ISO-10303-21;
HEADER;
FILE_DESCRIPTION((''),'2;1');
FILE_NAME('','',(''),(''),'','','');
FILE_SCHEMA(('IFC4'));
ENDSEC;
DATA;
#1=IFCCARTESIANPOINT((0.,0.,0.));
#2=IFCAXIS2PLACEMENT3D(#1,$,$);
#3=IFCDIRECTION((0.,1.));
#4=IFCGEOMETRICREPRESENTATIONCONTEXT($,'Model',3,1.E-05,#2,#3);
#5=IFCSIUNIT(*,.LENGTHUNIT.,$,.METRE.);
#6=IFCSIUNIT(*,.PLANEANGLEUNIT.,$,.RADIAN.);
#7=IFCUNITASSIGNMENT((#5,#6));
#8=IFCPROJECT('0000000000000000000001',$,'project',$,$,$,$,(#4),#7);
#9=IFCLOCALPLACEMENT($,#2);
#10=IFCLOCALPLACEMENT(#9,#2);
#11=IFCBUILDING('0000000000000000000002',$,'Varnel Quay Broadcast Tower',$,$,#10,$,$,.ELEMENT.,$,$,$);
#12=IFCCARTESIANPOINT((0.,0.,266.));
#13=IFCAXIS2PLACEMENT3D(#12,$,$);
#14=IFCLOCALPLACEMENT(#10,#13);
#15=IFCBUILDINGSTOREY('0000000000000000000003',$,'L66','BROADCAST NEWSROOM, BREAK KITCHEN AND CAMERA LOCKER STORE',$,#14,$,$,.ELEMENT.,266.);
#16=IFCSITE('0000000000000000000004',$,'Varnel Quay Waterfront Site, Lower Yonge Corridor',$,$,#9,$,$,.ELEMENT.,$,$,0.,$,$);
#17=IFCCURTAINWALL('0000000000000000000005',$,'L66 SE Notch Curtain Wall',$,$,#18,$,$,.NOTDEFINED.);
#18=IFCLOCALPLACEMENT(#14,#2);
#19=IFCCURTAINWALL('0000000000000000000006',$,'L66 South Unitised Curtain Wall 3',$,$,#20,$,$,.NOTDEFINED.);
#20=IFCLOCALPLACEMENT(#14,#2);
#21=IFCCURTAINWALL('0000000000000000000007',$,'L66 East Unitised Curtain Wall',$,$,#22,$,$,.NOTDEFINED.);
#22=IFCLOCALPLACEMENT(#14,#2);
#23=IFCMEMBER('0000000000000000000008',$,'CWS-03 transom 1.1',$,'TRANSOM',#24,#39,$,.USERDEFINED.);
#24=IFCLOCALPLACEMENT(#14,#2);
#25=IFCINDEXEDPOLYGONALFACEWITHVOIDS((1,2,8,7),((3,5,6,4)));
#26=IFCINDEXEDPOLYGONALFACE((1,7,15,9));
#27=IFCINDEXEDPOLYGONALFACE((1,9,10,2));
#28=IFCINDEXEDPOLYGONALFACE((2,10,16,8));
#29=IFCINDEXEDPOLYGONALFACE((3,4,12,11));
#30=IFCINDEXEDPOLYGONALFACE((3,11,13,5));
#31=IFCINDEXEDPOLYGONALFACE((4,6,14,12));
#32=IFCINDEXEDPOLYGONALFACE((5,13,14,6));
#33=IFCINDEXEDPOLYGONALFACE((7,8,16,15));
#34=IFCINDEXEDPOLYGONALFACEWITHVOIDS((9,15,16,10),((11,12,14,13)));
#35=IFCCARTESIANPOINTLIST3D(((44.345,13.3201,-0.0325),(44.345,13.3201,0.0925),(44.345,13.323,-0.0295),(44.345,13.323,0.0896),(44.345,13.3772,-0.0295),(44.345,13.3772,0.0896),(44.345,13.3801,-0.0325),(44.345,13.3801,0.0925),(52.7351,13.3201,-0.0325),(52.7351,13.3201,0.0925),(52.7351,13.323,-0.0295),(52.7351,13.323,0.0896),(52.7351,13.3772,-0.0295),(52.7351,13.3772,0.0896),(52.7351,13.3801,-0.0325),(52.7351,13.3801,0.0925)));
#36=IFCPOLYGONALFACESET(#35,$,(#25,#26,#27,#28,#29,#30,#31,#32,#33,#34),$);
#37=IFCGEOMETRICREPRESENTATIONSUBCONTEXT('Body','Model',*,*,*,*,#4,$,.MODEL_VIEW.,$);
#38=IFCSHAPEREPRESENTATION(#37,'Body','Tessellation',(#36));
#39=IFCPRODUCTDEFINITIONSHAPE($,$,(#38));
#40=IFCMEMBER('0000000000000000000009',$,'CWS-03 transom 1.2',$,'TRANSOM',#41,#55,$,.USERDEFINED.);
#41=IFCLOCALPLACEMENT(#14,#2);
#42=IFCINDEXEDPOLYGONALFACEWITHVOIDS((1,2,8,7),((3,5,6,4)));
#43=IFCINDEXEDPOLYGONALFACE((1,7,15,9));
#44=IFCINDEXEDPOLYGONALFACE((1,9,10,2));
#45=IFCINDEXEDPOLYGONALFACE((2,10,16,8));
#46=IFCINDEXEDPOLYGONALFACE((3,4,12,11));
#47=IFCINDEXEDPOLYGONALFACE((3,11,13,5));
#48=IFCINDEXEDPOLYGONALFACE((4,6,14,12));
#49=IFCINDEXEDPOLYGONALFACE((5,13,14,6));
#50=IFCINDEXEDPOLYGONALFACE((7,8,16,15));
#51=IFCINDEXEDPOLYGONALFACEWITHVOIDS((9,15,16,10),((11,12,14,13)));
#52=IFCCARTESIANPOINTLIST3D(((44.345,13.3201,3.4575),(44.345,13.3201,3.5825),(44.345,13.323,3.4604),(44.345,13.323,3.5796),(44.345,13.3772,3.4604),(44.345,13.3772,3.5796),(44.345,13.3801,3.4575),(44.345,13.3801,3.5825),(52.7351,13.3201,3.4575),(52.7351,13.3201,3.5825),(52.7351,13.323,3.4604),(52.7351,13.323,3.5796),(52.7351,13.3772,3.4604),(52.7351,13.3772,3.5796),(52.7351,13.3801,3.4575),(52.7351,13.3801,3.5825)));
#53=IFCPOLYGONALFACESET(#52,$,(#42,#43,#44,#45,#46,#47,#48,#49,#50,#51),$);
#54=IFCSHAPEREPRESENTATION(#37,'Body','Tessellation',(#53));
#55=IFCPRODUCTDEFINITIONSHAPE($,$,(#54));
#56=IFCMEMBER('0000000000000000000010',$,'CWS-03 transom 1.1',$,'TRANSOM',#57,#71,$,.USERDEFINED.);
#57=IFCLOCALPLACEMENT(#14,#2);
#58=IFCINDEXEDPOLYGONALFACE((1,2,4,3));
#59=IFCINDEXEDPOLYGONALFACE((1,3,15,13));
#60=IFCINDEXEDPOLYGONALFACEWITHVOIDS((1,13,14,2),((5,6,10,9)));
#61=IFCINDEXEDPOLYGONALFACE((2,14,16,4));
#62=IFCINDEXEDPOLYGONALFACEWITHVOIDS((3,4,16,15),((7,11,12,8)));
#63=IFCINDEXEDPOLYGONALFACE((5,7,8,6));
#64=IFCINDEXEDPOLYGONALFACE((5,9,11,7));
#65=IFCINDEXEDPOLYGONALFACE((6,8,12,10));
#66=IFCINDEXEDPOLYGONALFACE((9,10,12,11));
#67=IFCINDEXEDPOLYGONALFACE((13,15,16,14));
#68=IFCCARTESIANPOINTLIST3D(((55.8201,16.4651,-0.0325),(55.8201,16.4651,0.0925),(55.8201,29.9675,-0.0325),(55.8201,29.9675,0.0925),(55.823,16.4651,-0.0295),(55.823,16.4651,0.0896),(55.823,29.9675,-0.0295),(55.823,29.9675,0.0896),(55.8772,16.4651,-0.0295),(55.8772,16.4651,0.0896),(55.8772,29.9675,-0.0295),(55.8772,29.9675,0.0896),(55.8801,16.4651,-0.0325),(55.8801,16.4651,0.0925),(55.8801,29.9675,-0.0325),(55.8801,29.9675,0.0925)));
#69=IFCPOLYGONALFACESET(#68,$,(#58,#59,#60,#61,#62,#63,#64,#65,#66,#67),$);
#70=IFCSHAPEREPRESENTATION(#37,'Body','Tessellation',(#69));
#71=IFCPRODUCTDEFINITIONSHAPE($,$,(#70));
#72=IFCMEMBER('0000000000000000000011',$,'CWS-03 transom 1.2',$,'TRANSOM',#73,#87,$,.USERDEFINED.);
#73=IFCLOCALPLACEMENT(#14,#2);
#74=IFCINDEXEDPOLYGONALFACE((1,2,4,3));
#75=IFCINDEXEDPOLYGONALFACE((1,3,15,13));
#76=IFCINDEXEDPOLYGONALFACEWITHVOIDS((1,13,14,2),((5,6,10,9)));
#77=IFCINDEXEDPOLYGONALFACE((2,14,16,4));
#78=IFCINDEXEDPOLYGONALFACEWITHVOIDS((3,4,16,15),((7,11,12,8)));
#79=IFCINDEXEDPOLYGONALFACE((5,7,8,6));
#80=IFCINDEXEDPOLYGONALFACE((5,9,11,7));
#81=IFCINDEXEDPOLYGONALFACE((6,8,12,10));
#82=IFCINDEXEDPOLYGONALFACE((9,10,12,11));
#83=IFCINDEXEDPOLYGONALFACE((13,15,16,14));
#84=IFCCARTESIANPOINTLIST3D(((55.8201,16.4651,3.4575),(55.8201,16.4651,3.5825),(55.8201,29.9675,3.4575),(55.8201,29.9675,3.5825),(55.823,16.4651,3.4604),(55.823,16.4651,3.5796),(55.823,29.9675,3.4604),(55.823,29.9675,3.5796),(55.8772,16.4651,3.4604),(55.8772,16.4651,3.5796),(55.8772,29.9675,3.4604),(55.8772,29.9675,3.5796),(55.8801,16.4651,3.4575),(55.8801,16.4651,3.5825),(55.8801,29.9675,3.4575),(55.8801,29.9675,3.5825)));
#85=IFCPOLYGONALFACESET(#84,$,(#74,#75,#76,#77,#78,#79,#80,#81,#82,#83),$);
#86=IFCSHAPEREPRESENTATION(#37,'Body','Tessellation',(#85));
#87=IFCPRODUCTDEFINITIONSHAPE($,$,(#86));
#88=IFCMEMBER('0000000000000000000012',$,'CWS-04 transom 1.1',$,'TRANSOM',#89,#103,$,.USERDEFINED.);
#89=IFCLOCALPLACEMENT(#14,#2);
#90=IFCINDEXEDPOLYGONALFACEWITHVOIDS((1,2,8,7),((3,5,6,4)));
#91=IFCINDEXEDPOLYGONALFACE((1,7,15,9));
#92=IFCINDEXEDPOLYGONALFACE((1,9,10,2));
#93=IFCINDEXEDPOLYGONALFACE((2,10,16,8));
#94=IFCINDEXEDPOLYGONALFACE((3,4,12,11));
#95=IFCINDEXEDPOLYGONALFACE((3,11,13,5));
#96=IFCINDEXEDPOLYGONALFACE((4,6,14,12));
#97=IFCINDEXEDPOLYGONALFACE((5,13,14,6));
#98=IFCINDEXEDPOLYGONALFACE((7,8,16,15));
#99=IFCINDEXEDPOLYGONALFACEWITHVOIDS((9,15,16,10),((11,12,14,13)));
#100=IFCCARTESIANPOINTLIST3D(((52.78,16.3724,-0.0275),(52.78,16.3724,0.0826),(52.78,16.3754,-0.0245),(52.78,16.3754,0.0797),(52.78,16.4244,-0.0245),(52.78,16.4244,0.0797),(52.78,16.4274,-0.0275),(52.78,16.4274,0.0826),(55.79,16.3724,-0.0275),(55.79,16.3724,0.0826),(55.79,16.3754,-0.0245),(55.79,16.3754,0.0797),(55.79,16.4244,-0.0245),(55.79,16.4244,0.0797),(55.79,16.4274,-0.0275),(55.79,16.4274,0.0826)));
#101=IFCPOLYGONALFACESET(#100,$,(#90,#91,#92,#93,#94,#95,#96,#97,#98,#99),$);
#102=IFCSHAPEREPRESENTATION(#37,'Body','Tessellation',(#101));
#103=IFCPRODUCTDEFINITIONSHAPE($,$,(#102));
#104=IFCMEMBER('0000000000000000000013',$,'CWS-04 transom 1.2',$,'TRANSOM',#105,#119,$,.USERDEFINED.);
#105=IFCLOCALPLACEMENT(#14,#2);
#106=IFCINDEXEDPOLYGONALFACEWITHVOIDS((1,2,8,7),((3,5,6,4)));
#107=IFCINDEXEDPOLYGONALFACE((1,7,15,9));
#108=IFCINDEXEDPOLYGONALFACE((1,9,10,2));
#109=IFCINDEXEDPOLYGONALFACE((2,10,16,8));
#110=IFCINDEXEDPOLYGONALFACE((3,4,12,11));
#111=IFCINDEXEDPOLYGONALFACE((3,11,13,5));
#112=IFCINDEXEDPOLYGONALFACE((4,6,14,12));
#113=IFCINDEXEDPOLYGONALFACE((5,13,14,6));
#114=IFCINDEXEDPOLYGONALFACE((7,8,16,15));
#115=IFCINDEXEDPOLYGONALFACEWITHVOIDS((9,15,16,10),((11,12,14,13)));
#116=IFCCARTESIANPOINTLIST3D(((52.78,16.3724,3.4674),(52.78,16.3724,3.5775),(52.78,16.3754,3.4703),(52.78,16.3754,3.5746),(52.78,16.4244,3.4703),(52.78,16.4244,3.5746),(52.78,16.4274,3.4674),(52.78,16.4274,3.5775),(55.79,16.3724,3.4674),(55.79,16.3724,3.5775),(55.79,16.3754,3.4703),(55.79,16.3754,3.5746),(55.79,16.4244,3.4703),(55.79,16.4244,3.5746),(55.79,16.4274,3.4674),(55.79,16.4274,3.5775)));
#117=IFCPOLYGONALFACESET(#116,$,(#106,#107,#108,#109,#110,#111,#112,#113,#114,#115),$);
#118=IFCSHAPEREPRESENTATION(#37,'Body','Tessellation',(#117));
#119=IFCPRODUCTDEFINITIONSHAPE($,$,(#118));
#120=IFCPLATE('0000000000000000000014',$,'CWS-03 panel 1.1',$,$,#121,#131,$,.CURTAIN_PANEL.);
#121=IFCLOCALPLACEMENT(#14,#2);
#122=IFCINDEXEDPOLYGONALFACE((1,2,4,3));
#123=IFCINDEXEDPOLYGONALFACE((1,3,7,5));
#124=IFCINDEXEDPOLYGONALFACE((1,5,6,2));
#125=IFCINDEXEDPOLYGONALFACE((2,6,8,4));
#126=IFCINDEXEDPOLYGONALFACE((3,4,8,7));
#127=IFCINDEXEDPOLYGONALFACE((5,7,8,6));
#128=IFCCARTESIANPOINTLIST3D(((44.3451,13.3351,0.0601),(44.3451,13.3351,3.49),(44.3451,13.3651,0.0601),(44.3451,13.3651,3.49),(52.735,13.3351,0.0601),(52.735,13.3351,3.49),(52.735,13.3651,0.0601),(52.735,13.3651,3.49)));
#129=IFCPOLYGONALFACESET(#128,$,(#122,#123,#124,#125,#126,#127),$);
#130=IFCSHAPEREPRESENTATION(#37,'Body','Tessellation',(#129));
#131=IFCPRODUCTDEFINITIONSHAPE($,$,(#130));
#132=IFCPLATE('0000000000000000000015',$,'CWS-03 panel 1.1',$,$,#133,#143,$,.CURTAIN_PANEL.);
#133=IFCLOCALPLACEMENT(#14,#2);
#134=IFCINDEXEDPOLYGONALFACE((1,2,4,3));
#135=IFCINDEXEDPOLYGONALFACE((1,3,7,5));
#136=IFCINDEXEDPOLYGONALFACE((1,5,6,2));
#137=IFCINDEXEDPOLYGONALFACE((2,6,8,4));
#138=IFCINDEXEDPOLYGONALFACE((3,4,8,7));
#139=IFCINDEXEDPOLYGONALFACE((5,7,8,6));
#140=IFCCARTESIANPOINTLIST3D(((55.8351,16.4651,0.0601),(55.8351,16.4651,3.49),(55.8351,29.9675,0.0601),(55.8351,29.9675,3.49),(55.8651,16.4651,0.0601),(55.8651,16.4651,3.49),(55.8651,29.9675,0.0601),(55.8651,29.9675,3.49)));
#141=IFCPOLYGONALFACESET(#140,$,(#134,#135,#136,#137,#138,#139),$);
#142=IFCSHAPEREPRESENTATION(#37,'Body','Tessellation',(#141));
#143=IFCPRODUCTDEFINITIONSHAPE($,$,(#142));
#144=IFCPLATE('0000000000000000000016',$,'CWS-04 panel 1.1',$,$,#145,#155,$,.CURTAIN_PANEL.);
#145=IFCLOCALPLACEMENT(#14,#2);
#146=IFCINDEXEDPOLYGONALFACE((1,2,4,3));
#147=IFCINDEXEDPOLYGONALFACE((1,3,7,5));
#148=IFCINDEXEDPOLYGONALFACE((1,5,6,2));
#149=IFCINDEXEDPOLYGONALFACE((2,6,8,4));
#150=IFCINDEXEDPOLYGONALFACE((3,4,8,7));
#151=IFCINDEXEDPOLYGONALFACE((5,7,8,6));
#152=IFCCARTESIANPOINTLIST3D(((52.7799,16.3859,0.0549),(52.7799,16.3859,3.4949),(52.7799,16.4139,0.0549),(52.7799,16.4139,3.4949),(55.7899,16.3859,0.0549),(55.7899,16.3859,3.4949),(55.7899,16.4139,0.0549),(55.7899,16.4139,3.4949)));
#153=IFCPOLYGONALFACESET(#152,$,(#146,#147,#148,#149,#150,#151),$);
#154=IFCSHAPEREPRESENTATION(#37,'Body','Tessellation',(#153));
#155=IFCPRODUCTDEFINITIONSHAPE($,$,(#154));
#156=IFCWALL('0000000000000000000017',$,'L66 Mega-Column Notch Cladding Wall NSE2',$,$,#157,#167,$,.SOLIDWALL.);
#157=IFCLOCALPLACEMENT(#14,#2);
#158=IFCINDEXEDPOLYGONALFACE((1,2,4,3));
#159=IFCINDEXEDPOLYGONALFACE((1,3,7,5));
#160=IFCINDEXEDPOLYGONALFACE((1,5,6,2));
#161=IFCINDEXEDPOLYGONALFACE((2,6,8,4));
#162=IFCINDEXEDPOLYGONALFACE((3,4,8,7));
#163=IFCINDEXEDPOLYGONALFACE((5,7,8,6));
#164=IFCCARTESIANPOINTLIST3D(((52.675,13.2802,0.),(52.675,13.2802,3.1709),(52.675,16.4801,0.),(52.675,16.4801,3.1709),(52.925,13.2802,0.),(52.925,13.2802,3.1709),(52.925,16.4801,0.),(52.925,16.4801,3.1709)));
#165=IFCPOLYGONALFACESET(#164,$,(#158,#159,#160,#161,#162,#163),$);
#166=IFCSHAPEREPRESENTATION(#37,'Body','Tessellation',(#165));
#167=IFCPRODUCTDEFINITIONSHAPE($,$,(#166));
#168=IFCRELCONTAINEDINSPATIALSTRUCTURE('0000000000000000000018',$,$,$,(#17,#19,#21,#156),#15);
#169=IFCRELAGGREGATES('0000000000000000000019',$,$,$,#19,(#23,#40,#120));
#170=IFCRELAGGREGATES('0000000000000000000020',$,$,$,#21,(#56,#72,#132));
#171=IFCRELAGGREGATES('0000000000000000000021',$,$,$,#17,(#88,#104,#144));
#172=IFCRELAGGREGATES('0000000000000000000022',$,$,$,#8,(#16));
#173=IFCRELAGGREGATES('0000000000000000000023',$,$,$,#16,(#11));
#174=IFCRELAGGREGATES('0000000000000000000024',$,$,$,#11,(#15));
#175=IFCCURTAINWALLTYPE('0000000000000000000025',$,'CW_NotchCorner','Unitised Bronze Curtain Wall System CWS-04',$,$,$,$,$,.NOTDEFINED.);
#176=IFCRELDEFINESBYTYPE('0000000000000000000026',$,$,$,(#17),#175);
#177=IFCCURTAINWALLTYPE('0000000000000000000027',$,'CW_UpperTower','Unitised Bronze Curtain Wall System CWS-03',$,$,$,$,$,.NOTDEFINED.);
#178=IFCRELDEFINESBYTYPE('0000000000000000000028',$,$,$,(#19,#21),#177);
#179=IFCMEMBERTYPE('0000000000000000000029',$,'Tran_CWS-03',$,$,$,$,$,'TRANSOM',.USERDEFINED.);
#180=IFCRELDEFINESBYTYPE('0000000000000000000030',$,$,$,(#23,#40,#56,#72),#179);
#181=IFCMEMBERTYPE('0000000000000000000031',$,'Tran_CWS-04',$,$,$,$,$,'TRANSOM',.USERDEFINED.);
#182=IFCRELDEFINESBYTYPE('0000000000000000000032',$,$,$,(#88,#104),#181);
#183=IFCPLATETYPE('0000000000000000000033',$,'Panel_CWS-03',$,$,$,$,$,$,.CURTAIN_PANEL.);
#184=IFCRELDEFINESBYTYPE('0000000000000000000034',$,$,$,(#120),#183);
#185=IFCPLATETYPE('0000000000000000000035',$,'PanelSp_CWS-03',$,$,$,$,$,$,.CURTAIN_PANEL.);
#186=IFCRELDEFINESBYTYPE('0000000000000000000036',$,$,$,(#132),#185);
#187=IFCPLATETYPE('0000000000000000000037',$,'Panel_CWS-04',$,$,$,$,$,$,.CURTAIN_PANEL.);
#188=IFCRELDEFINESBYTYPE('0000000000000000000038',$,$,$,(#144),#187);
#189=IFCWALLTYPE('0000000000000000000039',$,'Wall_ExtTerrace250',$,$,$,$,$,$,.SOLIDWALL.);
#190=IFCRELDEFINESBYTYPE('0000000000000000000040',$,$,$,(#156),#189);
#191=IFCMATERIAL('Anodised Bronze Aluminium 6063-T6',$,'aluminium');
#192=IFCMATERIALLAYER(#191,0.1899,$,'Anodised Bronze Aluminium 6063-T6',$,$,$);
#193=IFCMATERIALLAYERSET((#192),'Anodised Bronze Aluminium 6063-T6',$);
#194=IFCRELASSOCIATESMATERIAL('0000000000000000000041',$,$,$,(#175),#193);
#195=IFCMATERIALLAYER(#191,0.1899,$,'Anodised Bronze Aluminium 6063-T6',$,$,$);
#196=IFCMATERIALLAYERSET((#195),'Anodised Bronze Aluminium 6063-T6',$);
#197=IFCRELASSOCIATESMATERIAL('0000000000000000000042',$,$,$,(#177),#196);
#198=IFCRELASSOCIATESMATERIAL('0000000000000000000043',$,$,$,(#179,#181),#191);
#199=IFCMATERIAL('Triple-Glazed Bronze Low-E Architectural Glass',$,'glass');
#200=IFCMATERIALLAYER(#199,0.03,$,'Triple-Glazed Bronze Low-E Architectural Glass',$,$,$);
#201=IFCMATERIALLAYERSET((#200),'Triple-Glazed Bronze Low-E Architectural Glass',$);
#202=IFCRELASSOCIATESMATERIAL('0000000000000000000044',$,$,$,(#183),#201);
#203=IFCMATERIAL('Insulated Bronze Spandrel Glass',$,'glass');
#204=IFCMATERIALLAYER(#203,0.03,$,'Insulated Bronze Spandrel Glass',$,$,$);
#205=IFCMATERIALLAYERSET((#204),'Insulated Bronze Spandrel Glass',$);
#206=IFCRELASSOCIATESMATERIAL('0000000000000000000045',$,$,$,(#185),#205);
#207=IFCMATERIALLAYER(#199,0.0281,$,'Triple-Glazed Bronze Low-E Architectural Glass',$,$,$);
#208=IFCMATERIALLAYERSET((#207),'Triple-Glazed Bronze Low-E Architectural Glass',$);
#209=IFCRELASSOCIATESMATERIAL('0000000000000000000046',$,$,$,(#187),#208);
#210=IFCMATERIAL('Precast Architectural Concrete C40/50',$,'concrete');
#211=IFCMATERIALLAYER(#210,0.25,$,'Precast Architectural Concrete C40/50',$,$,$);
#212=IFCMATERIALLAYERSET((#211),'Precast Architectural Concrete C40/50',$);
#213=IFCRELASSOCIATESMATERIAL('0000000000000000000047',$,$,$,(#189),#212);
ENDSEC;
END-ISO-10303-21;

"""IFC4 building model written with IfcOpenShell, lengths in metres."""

from ifc_helpers import new_model, si_unit, direction, frame, frame_2d, origin, origin_2d, place, context, subcontext, project, spatial, rectangle, hollow_rectangle, extrude, source, transform, mapped, material, layer, layer_set, material_profile, profile_set, type_object, type_shapes, element, aggregate, save


model = new_model("IFC4")

# Units and contexts
model_context = context("Model", 3, precision=1e-05, world=origin(), true_north=direction((0.0, 1.0)))
body_context = subcontext(model_context, "Body", "Model", "MODEL_VIEW")
ifc_project = project(units=[si_unit("LENGTHUNIT", "METRE"), si_unit("PLANEANGLEUNIT", "RADIAN")], contexts=[model_context])

# Site, building, storey
site_placement = place(None, origin())
site = spatial("IfcSite", under=ifc_project, at=site_placement, Name="Varnel Quay Waterfront Site, Lower Yonge Corridor", CompositionType="ELEMENT", RefElevation=0.0)
building_placement = place(site_placement, origin())
building = spatial("IfcBuilding", under=site, at=building_placement, Name="Varnel Quay Broadcast Tower", CompositionType="ELEMENT")
storey_placement = place(building_placement, frame((0.0, 0.0, 266.0)))
storey = spatial("IfcBuildingStorey", under=building, at=storey_placement, Name="L66", Description="BROADCAST NEWSROOM, BREAK KITCHEN AND CAMERA LOCKER STORE", CompositionType="ELEMENT", Elevation=266.0)

# Curtain walls
ifc_material_1 = material(Name="Anodised Bronze Aluminium 6063-T6", Category="aluminium")
ifc_layer_1 = layer(ifc_material_1, 0.1899, Name="Anodised Bronze Aluminium 6063-T6")
ifc_layer_set_1 = layer_set([ifc_layer_1], Name="Anodised Bronze Aluminium 6063-T6")
curtain_wall_type_1 = type_object("IfcCurtainWallType", Name="CW_NotchCorner", Description="Unitised Bronze Curtain Wall System CWS-04", PredefinedType="NOTDEFINED", material=ifc_layer_set_1)
curtain_wall_1_placement = place(storey_placement, origin())
curtain_wall_1 = element("IfcCurtainWall", 1, at=curtain_wall_1_placement, inside=storey, type_object=curtain_wall_type_1, Name="L66 SE Notch Curtain Wall", PredefinedType="NOTDEFINED")
ifc_layer_2 = layer(ifc_material_1, 0.1899, Name="Anodised Bronze Aluminium 6063-T6")
ifc_layer_set_2 = layer_set([ifc_layer_2], Name="Anodised Bronze Aluminium 6063-T6")
curtain_wall_type_2 = type_object("IfcCurtainWallType", Name="CW_UpperTower", Description="Unitised Bronze Curtain Wall System CWS-03", PredefinedType="NOTDEFINED", material=ifc_layer_set_2)
curtain_wall_2_placement = place(storey_placement, origin())
curtain_wall_2 = element("IfcCurtainWall", 2, at=curtain_wall_2_placement, inside=storey, type_object=curtain_wall_type_2, Name="L66 South Unitised Curtain Wall 3", PredefinedType="NOTDEFINED")

# Curtain wall
curtain_wall_3_placement = place(storey_placement, origin())
curtain_wall_3 = element("IfcCurtainWall", 3, at=curtain_wall_3_placement, inside=storey, type_object=curtain_wall_type_2, Name="L66 East Unitised Curtain Wall", PredefinedType="NOTDEFINED")

# Members
ifc_material_profile_1 = material_profile(ifc_material_1, hollow_rectangle(XDim=0.0601, YDim=0.125, WallThickness=0.0029, at=origin_2d()), Name="ALU60X125X3")
ifc_profile_set_1 = profile_set([ifc_material_profile_1], Name="Anodised Bronze Aluminium 6063-T6")
member_type_1 = type_object("IfcMemberType", Name="Tran_CWS-03", ElementType="TRANSOM", PredefinedType="USERDEFINED", material=ifc_profile_set_1)
shared_shape_1 = source(origin(), body_context, "Body", "SweptSolid", [
    extrude(hollow_rectangle(XDim=0.0601, YDim=0.125, WallThickness=0.0029, at=origin_2d()), origin(), (0.0, 0.0, 1.0), 8.3901),
])
member_1_placement = place(storey_placement, frame((44.345, 13.3501, 0.03), z_axis=(1.0, 0.0, 0.0), x_axis=(0.0, 1.0, 0.0)))
member_1 = element("IfcMember", 4, at=member_1_placement, type_object=member_type_1, Name="CWS-03 transom 1.1", ObjectType="TRANSOM", PredefinedType="USERDEFINED", context=body_context, shape_type="MappedRepresentation", body=[
    mapped(shared_shape_1, transform((0.0, 0.0, 0.0), x_axis=(1.0, 0.0, 0.0), y_axis=(0.0, 1.0, 0.0), z_axis=(0.0, 0.0, 1.0), scale=1.0)),
])
member_2_placement = place(storey_placement, frame((44.345, 13.3501, 3.52), z_axis=(1.0, 0.0, 0.0), x_axis=(0.0, 1.0, 0.0)))
member_2 = element("IfcMember", 5, at=member_2_placement, type_object=member_type_1, Name="CWS-03 transom 1.2", ObjectType="TRANSOM", PredefinedType="USERDEFINED", context=body_context, shape_type="MappedRepresentation", body=[
    mapped(shared_shape_1, transform((0.0, 0.0, 0.0), x_axis=(1.0, 0.0, 0.0), y_axis=(0.0, 1.0, 0.0), z_axis=(0.0, 0.0, 1.0), scale=1.0)),
])
shared_shape_2 = source(origin(), body_context, "Body", "SweptSolid", [
    extrude(hollow_rectangle(XDim=0.0601, YDim=0.125, WallThickness=0.0029, at=origin_2d()), origin(), (0.0, 0.0, 1.0), 13.5024),
])
type_shapes(member_type_1, [shared_shape_1, shared_shape_2])
member_3_placement = place(storey_placement, frame((55.8501, 16.4651, 0.03), z_axis=(0.0, 1.0, 0.0), x_axis=(-1.0, 0.0, 0.0)))
member_3 = element("IfcMember", 6, at=member_3_placement, type_object=member_type_1, Name="CWS-03 transom 1.1", ObjectType="TRANSOM", PredefinedType="USERDEFINED", context=body_context, shape_type="MappedRepresentation", body=[
    mapped(shared_shape_2, transform((0.0, 0.0, 0.0), x_axis=(1.0, 0.0, 0.0), y_axis=(0.0, 1.0, 0.0), z_axis=(0.0, 0.0, 1.0), scale=1.0)),
])
member_4_placement = place(storey_placement, frame((55.8501, 16.4651, 3.52), z_axis=(0.0, 1.0, 0.0), x_axis=(-1.0, 0.0, 0.0)))
member_4 = element("IfcMember", 7, at=member_4_placement, type_object=member_type_1, Name="CWS-03 transom 1.2", ObjectType="TRANSOM", PredefinedType="USERDEFINED", context=body_context, shape_type="MappedRepresentation", body=[
    mapped(shared_shape_2, transform((0.0, 0.0, 0.0), x_axis=(1.0, 0.0, 0.0), y_axis=(0.0, 1.0, 0.0), z_axis=(0.0, 0.0, 1.0), scale=1.0)),
])
ifc_material_profile_2 = material_profile(ifc_material_1, hollow_rectangle(XDim=0.0549, YDim=0.1101, WallThickness=0.0029, at=origin_2d()), Name="ALU55X110X3")
ifc_profile_set_2 = profile_set([ifc_material_profile_2], Name="Anodised Bronze Aluminium 6063-T6")
member_type_2 = type_object("IfcMemberType", Name="Tran_CWS-04", ElementType="TRANSOM", PredefinedType="USERDEFINED", material=ifc_profile_set_2)
shared_shape_3 = source(origin(), body_context, "Body", "SweptSolid", [
    extrude(hollow_rectangle(XDim=0.0549, YDim=0.1101, WallThickness=0.0029, at=origin_2d()), origin(), (0.0, 0.0, 1.0), 3.01),
])
type_shapes(member_type_2, [shared_shape_3])
member_5_placement = place(storey_placement, frame((52.78, 16.3999, 0.0276), z_axis=(1.0, 0.0, 0.0), x_axis=(0.0, 1.0, 0.0)))
member_5 = element("IfcMember", 8, at=member_5_placement, type_object=member_type_2, Name="CWS-04 transom 1.1", ObjectType="TRANSOM", PredefinedType="USERDEFINED", context=body_context, shape_type="MappedRepresentation", body=[
    mapped(shared_shape_3, transform((0.0, 0.0, 0.0), x_axis=(1.0, 0.0, 0.0), y_axis=(0.0, 1.0, 0.0), z_axis=(0.0, 0.0, 1.0), scale=1.0)),
])
member_6_placement = place(storey_placement, frame((52.78, 16.3999, 3.5225), z_axis=(1.0, 0.0, 0.0), x_axis=(0.0, 1.0, 0.0)))
member_6 = element("IfcMember", 9, at=member_6_placement, type_object=member_type_2, Name="CWS-04 transom 1.2", ObjectType="TRANSOM", PredefinedType="USERDEFINED", context=body_context, shape_type="MappedRepresentation", body=[
    mapped(shared_shape_3, transform((0.0, 0.0, 0.0), x_axis=(1.0, 0.0, 0.0), y_axis=(0.0, 1.0, 0.0), z_axis=(0.0, 0.0, 1.0), scale=1.0)),
])

# Plates
ifc_material_2 = material(Name="Triple-Glazed Bronze Low-E Architectural Glass", Category="glass")
ifc_layer_3 = layer(ifc_material_2, 0.03, Name="Triple-Glazed Bronze Low-E Architectural Glass")
ifc_layer_set_3 = layer_set([ifc_layer_3], Name="Triple-Glazed Bronze Low-E Architectural Glass")
plate_type_1 = type_object("IfcPlateType", Name="Panel_CWS-03", PredefinedType="CURTAIN_PANEL", material=ifc_layer_set_3)
shared_shape_4 = source(origin(), body_context, "Body", "SweptSolid", [
    extrude(rectangle(XDim=8.3899, YDim=0.03, at=origin_2d()), origin(), (0.0, 0.0, 1.0), 3.4299),
])
type_shapes(plate_type_1, [shared_shape_4])
plate_1_placement = place(storey_placement, frame((48.54, 13.3501, 0.0601), z_axis=(0.0, 0.0, 1.0), x_axis=(1.0, 0.0, 0.0)))
plate_1 = element("IfcPlate", 10, at=plate_1_placement, type_object=plate_type_1, Name="CWS-03 panel 1.1", PredefinedType="CURTAIN_PANEL", context=body_context, shape_type="MappedRepresentation", body=[
    mapped(shared_shape_4, transform((0.0, 0.0, 0.0), x_axis=(1.0, 0.0, 0.0), y_axis=(0.0, 1.0, 0.0), z_axis=(0.0, 0.0, 1.0), scale=1.0)),
])
aggregate(curtain_wall_2, [member_1, member_2, plate_1])
ifc_material_3 = material(Name="Insulated Bronze Spandrel Glass", Category="glass")
ifc_layer_4 = layer(ifc_material_3, 0.03, Name="Insulated Bronze Spandrel Glass")
ifc_layer_set_4 = layer_set([ifc_layer_4], Name="Insulated Bronze Spandrel Glass")
plate_type_2 = type_object("IfcPlateType", Name="PanelSp_CWS-03", PredefinedType="CURTAIN_PANEL", material=ifc_layer_set_4)
shared_shape_5 = source(origin(), body_context, "Body", "SweptSolid", [
    extrude(rectangle(XDim=13.5024, YDim=0.03, at=origin_2d()), origin(), (0.0, 0.0, 1.0), 3.4299),
])
type_shapes(plate_type_2, [shared_shape_5])
plate_2_placement = place(storey_placement, frame((55.8501, 23.2163, 0.0601), z_axis=(0.0, 0.0, 1.0), x_axis=(0.0, 1.0, 0.0)))
plate_2 = element("IfcPlate", 11, at=plate_2_placement, type_object=plate_type_2, Name="CWS-03 panel 1.1", PredefinedType="CURTAIN_PANEL", context=body_context, shape_type="MappedRepresentation", body=[
    mapped(shared_shape_5, transform((0.0, 0.0, 0.0), x_axis=(1.0, 0.0, 0.0), y_axis=(0.0, 1.0, 0.0), z_axis=(0.0, 0.0, 1.0), scale=1.0)),
])
aggregate(curtain_wall_3, [member_3, member_4, plate_2])
ifc_layer_5 = layer(ifc_material_2, 0.0281, Name="Triple-Glazed Bronze Low-E Architectural Glass")
ifc_layer_set_5 = layer_set([ifc_layer_5], Name="Triple-Glazed Bronze Low-E Architectural Glass")
plate_type_3 = type_object("IfcPlateType", Name="Panel_CWS-04", PredefinedType="CURTAIN_PANEL", material=ifc_layer_set_5)
shared_shape_6 = source(origin(), body_context, "Body", "SweptSolid", [
    extrude(rectangle(XDim=3.01, YDim=0.0281, at=origin_2d()), origin(), (0.0, 0.0, 1.0), 3.4399),
])
type_shapes(plate_type_3, [shared_shape_6])
plate_3_placement = place(storey_placement, frame((54.2849, 16.3999, 0.0549), z_axis=(0.0, 0.0, 1.0), x_axis=(1.0, 0.0, 0.0)))
plate_3 = element("IfcPlate", 12, at=plate_3_placement, type_object=plate_type_3, Name="CWS-04 panel 1.1", PredefinedType="CURTAIN_PANEL", context=body_context, shape_type="MappedRepresentation", body=[
    mapped(shared_shape_6, transform((0.0, 0.0, 0.0), x_axis=(1.0, 0.0, 0.0), y_axis=(0.0, 1.0, 0.0), z_axis=(0.0, 0.0, 1.0), scale=1.0)),
])
aggregate(curtain_wall_1, [member_5, member_6, plate_3])

# Wall
ifc_material_4 = material(Name="Precast Architectural Concrete C40/50", Category="concrete")
ifc_layer_6 = layer(ifc_material_4, 0.25, Name="Precast Architectural Concrete C40/50")
ifc_layer_set_6 = layer_set([ifc_layer_6], Name="Precast Architectural Concrete C40/50")
wall_type = type_object("IfcWallType", Name="Wall_ExtTerrace250", PredefinedType="SOLIDWALL", material=ifc_layer_set_6)
wall_placement = place(storey_placement, frame((52.8, 13.28, 0.0), z_axis=(0.0, 0.0, 1.0), x_axis=(0.0, 1.0, 0.0)))
element("IfcWall", 13, at=wall_placement, inside=storey, type_object=wall_type, Name="L66 Mega-Column Notch Cladding Wall NSE2", PredefinedType="SOLIDWALL", context=body_context, shape_type="SweptSolid", body=[
    extrude(rectangle(XDim=3.2, YDim=0.25, at=frame_2d((1.6001, 0.0))), origin(), (0.0, 0.0, 1.0), 3.1709),
])

save(model, "model.ifc")
